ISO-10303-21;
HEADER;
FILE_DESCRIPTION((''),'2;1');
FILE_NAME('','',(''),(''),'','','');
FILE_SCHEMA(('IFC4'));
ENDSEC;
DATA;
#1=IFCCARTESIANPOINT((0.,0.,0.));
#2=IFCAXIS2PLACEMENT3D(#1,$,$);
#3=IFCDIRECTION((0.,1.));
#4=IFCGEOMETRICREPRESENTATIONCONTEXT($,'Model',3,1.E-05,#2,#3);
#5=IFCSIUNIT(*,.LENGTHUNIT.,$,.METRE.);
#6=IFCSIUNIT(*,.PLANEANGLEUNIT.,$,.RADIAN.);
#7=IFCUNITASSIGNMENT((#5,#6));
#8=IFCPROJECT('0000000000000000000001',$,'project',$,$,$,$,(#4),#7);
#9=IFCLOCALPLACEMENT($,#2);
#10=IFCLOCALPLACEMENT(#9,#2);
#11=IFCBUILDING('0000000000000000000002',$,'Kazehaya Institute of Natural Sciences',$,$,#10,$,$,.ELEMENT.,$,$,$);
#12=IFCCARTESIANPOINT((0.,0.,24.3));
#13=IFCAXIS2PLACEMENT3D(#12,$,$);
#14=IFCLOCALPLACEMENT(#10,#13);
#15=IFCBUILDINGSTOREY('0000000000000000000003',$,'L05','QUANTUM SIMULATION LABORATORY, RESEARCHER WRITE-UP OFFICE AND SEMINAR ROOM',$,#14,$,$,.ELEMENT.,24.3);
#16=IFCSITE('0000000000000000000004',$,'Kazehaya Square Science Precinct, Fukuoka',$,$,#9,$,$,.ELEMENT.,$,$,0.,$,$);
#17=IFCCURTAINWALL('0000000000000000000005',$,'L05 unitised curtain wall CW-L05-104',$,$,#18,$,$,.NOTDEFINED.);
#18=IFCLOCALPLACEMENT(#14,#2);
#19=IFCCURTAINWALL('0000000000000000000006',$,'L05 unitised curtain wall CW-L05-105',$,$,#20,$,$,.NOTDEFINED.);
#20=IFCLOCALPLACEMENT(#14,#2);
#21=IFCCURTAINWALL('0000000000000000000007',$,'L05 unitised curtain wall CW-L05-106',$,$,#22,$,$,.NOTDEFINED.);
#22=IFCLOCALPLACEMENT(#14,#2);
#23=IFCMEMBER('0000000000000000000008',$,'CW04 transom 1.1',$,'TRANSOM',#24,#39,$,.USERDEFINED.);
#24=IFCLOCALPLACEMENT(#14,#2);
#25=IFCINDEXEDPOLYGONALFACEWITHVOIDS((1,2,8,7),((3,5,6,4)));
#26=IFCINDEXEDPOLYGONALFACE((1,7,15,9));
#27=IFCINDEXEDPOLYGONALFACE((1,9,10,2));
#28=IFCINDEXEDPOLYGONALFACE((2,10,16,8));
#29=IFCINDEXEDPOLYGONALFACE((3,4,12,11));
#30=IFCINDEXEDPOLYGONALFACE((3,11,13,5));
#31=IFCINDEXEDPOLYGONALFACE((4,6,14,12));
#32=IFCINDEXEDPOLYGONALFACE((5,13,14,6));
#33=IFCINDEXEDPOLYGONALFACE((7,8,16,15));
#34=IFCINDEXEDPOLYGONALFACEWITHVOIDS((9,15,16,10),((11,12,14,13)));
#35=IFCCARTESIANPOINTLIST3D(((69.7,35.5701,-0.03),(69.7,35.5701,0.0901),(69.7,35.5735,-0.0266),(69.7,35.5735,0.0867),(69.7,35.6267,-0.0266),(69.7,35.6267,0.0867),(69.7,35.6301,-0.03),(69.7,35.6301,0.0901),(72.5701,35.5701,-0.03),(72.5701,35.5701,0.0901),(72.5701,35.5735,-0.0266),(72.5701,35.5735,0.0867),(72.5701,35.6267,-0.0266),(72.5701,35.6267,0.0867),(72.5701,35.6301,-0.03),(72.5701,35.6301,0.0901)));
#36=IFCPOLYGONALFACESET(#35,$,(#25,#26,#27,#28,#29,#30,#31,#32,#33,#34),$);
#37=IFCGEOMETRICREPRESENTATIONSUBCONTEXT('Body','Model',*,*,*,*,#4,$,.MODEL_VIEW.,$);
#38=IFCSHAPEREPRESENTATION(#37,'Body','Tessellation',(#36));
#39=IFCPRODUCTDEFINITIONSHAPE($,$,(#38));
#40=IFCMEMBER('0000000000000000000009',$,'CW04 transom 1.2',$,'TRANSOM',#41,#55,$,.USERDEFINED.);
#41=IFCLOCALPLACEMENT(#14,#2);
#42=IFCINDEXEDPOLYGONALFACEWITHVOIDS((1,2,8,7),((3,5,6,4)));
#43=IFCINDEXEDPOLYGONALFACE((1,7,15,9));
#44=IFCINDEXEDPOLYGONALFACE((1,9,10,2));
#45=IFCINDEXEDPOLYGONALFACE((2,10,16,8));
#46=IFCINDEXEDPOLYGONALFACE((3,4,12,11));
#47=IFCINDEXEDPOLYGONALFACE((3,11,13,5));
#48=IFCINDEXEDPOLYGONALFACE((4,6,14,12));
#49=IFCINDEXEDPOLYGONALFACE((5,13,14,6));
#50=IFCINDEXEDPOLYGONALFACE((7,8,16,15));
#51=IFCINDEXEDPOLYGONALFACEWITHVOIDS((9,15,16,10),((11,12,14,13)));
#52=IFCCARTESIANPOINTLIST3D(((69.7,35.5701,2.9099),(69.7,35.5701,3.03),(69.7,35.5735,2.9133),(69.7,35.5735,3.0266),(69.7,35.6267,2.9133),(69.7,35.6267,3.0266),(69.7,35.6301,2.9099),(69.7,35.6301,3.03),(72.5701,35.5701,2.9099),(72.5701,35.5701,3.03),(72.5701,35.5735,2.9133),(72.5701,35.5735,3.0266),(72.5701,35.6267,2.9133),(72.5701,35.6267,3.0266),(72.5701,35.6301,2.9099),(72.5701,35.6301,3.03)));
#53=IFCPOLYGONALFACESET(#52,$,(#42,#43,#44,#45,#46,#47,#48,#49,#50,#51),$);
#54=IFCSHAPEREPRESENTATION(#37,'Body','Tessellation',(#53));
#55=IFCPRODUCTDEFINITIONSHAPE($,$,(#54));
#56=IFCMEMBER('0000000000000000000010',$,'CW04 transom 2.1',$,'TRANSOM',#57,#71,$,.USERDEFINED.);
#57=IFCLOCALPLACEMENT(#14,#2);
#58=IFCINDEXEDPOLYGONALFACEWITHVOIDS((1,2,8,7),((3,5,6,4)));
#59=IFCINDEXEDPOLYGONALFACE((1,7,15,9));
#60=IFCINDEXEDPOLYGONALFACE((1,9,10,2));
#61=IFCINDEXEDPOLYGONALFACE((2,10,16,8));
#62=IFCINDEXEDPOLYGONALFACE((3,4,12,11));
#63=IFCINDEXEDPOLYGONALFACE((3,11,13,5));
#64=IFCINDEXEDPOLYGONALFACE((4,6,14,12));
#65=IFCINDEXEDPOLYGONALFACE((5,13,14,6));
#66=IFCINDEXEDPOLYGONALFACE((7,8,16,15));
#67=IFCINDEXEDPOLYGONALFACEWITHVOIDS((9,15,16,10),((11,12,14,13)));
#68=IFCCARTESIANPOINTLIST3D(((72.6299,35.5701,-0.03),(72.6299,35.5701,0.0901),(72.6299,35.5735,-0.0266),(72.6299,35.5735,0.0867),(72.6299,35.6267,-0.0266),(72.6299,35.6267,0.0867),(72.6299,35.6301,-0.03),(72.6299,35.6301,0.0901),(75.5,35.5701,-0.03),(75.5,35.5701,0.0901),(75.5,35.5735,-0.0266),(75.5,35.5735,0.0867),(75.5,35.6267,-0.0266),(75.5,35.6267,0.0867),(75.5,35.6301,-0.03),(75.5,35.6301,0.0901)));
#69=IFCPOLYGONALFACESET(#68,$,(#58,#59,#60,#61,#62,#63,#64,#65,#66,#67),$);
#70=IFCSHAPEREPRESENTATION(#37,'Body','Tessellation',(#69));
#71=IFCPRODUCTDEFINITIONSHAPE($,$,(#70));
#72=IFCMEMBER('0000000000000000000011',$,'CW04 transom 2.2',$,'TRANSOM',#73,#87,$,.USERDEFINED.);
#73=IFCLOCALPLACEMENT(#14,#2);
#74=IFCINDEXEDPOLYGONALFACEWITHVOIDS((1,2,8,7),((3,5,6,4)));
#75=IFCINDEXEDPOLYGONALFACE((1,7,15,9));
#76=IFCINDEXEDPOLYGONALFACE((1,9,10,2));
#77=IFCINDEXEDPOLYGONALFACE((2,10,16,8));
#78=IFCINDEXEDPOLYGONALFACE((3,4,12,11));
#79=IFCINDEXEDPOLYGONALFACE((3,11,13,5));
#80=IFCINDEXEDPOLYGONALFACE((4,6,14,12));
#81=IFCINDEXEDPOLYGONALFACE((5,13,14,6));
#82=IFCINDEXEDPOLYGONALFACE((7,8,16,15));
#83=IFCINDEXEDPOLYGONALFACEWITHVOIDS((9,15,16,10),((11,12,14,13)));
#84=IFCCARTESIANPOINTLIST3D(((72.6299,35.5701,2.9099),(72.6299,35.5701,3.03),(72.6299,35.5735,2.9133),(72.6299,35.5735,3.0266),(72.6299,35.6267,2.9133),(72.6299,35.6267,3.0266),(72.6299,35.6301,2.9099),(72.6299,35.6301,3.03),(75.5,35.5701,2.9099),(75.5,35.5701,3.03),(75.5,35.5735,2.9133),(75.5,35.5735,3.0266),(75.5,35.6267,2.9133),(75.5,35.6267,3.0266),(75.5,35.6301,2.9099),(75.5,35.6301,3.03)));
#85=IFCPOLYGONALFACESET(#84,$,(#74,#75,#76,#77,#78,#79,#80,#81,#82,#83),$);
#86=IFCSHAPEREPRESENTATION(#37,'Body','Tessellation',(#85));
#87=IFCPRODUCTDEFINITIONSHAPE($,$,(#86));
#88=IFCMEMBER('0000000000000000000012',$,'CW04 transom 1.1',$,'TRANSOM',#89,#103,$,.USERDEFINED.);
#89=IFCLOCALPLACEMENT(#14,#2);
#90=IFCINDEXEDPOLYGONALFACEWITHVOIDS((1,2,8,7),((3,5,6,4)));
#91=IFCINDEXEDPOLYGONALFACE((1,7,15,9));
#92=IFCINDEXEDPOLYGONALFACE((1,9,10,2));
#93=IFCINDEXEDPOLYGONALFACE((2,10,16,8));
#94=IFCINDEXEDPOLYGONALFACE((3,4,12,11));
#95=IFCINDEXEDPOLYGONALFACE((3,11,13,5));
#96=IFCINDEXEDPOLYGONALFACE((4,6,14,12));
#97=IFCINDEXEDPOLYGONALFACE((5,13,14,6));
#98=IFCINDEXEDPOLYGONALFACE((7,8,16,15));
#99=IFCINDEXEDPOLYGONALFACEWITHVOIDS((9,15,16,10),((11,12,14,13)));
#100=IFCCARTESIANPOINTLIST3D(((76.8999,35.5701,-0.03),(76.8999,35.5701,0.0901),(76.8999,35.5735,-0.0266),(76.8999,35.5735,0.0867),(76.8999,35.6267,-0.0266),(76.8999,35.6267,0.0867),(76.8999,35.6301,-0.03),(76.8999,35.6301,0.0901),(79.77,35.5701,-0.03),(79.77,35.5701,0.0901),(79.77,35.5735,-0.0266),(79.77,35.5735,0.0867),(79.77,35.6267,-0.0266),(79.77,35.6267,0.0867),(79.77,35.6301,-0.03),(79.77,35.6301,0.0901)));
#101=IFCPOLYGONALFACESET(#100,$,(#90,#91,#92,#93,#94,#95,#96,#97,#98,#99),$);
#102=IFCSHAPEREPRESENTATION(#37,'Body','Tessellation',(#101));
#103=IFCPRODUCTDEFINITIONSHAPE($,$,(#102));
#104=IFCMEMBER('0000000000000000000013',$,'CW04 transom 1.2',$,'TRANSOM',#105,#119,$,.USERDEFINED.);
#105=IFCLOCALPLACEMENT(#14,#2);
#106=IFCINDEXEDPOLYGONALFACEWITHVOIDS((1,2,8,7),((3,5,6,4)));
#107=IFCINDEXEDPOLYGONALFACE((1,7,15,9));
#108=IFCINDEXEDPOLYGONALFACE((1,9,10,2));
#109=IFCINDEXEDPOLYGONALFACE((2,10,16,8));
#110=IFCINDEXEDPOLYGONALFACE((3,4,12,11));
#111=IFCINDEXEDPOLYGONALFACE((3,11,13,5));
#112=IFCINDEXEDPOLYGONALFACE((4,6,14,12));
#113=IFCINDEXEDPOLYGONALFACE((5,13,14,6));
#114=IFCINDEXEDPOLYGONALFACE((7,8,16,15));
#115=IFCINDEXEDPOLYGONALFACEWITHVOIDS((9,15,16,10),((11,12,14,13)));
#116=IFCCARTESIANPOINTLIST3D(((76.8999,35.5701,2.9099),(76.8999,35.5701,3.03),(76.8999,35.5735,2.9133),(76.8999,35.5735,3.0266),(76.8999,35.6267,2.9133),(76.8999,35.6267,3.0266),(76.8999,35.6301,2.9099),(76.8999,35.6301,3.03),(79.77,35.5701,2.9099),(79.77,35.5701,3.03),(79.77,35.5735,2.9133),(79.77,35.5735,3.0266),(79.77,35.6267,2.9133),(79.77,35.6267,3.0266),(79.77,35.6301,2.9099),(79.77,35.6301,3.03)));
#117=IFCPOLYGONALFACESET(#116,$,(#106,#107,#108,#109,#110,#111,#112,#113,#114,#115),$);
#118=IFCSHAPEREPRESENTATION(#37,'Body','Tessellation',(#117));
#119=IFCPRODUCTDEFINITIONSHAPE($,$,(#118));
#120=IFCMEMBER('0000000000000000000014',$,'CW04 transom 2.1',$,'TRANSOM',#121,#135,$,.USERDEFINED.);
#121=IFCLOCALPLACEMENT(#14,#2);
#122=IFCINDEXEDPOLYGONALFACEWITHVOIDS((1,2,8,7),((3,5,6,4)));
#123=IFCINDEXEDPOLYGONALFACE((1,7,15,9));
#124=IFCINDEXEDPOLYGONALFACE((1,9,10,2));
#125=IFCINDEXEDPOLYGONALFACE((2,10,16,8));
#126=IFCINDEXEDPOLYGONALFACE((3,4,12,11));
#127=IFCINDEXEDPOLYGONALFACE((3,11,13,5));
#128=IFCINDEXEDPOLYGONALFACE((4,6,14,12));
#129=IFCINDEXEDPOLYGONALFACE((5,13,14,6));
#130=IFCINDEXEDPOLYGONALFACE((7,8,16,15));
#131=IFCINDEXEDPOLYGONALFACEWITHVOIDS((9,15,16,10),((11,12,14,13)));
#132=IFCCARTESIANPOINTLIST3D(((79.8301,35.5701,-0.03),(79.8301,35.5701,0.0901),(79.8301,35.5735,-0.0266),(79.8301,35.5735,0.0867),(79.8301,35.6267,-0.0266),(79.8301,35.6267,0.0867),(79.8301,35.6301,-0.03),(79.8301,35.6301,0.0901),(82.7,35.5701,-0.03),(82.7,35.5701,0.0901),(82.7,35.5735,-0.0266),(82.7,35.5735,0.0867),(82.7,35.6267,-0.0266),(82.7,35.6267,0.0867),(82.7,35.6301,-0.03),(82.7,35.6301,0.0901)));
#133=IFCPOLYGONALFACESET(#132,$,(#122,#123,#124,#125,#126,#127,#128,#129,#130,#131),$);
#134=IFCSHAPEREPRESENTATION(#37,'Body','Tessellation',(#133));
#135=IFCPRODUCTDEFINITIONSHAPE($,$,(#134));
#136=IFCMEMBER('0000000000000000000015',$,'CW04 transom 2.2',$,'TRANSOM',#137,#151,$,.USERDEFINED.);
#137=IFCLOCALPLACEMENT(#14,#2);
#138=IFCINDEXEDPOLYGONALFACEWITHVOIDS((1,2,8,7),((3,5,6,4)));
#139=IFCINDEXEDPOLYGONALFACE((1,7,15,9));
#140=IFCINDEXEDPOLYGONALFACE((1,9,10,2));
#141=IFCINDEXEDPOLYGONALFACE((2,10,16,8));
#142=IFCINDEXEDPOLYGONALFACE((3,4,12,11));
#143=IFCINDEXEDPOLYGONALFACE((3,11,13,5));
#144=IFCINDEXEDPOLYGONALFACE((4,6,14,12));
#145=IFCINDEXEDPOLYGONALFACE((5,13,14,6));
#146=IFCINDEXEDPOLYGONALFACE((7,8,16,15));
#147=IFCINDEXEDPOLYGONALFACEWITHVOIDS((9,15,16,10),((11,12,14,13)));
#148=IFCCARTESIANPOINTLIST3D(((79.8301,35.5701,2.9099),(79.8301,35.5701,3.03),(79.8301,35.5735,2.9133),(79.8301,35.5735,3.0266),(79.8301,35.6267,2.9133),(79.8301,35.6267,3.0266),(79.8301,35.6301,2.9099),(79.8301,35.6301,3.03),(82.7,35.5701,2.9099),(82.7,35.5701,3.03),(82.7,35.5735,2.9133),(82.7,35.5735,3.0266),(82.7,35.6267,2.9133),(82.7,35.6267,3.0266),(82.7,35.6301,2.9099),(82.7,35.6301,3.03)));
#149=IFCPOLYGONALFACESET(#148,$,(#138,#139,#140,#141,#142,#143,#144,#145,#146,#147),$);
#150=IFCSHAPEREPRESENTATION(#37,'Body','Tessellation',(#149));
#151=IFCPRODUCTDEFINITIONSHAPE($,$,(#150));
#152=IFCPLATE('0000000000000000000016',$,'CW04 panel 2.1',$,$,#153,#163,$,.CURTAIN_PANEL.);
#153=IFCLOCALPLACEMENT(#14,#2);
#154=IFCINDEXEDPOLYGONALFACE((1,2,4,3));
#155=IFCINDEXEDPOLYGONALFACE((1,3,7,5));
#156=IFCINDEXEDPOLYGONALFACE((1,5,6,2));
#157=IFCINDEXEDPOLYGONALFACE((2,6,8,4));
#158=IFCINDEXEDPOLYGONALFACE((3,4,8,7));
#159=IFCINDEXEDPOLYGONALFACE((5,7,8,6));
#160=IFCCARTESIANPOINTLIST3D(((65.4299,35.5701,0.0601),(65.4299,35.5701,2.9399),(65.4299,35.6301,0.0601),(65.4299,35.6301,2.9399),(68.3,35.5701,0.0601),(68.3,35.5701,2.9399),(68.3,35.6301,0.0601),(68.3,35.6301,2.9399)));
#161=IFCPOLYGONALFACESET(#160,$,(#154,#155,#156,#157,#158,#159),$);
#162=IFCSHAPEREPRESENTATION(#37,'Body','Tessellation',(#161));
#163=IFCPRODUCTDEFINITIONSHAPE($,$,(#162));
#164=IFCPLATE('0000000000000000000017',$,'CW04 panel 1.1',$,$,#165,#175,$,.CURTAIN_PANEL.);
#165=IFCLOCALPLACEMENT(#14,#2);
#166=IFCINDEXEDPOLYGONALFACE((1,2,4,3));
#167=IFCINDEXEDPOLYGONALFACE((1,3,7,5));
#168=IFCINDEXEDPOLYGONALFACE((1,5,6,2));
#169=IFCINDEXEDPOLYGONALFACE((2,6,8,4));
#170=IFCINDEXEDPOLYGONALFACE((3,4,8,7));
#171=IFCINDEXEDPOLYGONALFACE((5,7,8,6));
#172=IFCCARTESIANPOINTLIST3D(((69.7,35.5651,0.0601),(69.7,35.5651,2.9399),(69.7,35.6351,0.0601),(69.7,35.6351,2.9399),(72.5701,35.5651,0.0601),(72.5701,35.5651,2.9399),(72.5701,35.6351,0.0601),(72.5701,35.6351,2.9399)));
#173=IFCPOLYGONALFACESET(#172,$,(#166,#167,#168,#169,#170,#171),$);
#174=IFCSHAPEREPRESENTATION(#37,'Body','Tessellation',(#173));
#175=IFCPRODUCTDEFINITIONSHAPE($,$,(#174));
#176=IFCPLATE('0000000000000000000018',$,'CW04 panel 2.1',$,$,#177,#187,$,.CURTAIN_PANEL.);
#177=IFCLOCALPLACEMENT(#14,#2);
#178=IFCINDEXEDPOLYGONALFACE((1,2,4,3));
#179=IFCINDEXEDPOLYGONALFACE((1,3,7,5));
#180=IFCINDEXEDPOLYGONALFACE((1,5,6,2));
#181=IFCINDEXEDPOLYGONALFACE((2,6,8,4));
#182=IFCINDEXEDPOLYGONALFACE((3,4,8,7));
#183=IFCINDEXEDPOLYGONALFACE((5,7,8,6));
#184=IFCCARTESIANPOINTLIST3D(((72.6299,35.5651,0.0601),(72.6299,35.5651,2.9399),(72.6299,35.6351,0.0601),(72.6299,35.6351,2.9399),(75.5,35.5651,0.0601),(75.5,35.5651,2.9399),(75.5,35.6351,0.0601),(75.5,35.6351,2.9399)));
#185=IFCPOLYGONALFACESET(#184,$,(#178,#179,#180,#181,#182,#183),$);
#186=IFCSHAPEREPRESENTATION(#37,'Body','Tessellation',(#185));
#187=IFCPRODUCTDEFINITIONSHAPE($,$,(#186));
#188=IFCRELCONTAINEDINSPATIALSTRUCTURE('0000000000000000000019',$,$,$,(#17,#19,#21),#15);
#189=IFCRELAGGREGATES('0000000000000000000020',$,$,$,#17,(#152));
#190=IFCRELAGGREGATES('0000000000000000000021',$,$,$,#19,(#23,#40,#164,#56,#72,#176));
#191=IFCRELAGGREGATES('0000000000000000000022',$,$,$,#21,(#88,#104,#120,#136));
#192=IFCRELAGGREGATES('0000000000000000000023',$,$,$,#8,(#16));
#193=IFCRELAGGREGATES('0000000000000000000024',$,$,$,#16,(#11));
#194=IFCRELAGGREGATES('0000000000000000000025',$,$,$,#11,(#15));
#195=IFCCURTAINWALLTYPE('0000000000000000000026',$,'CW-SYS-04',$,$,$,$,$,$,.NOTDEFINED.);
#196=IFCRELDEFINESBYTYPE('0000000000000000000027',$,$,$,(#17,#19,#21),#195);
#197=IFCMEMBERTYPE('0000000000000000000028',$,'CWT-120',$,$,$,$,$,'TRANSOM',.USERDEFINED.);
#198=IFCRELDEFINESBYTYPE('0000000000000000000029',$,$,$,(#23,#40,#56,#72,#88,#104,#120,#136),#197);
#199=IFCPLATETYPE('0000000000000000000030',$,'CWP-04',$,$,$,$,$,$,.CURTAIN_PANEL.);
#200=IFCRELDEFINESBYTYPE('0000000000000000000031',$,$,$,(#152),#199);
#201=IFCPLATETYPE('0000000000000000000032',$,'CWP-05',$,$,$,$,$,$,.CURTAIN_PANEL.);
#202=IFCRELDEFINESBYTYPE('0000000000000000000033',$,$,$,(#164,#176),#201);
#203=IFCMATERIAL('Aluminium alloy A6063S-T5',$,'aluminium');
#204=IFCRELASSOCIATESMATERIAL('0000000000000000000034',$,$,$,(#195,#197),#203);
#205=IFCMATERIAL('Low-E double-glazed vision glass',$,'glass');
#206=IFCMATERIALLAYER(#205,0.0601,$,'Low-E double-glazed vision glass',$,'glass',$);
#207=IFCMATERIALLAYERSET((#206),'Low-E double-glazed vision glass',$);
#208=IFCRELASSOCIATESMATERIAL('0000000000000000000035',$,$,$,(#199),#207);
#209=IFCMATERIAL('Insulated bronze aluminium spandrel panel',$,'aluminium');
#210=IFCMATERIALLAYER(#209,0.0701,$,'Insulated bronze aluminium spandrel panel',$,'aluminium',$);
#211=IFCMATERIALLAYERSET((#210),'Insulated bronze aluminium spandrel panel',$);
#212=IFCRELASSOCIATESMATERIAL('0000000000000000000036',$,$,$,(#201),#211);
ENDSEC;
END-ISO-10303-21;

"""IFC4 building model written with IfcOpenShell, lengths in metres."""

from ifc_helpers import new_model, si_unit, direction, frame, origin, origin_2d, place, context, subcontext, project, spatial, rectangle, hollow_rectangle, extrude, material, layer, layer_set, material_profile, profile_set, type_object, element, aggregate, save


model = new_model("IFC4")

# Units and contexts
model_context = context("Model", 3, precision=1e-05, world=origin(), true_north=direction((0.0, 1.0)))
body_context = subcontext(model_context, "Body", "Model", "MODEL_VIEW")
ifc_project = project(units=[si_unit("LENGTHUNIT", "METRE"), si_unit("PLANEANGLEUNIT", "RADIAN")], contexts=[model_context])

# Site, building, storey
site_placement = place(None, origin())
site = spatial("IfcSite", under=ifc_project, at=site_placement, Name="Kazehaya Square Science Precinct, Fukuoka", CompositionType="ELEMENT", RefElevation=0.0)
building_placement = place(site_placement, origin())
building = spatial("IfcBuilding", under=site, at=building_placement, Name="Kazehaya Institute of Natural Sciences", CompositionType="ELEMENT")
storey_placement = place(building_placement, frame((0.0, 0.0, 24.3)))
storey = spatial("IfcBuildingStorey", under=building, at=storey_placement, Name="L05", Description="QUANTUM SIMULATION LABORATORY, RESEARCHER WRITE-UP OFFICE AND SEMINAR ROOM", CompositionType="ELEMENT", Elevation=24.3)

# Curtain wall
ifc_material_1 = material(Name="Aluminium alloy A6063S-T5", Category="aluminium")
curtain_wall_type = type_object("IfcCurtainWallType", Name="CW-SYS-04", PredefinedType="NOTDEFINED", material=ifc_material_1)
curtain_wall_1_placement = place(storey_placement, origin())
curtain_wall_1 = element("IfcCurtainWall", 1, at=curtain_wall_1_placement, inside=storey, type_object=curtain_wall_type, Name="L05 unitised curtain wall CW-L05-104", PredefinedType="NOTDEFINED")

# Curtain walls
curtain_wall_2_placement = place(storey_placement, origin())
curtain_wall_2 = element("IfcCurtainWall", 2, at=curtain_wall_2_placement, inside=storey, type_object=curtain_wall_type, Name="L05 unitised curtain wall CW-L05-105", PredefinedType="NOTDEFINED")
curtain_wall_3_placement = place(storey_placement, origin())
curtain_wall_3 = element("IfcCurtainWall", 3, at=curtain_wall_3_placement, inside=storey, type_object=curtain_wall_type, Name="L05 unitised curtain wall CW-L05-106", PredefinedType="NOTDEFINED")

# Members
ifc_material_profile_1 = material_profile(ifc_material_1, hollow_rectangle(XDim=0.0601, YDim=0.1201, WallThickness=0.0034, at=origin_2d()), Name="ALU-60x120x3.5")
ifc_profile_set_1 = profile_set([ifc_material_profile_1], Name="Aluminium alloy A6063S-T5")
member_type_1 = type_object("IfcMemberType", Name="CWT-120", ElementType="TRANSOM", PredefinedType="USERDEFINED", material=ifc_profile_set_1)
member_1_placement = place(storey_placement, frame((69.7, 35.6001, 0.03), z_axis=(1.0, 0.0, 0.0), x_axis=(0.0, 1.0, 0.0)))
member_1 = element("IfcMember", 4, at=member_1_placement, type_object=member_type_1, Name="CW04 transom 1.1", ObjectType="TRANSOM", PredefinedType="USERDEFINED", context=body_context, shape_type="SweptSolid", body=[
    extrude(hollow_rectangle(XDim=0.0601, YDim=0.1201, WallThickness=0.0034, at=origin_2d()), origin(), (0.0, 0.0, 1.0), 2.8701),
])
member_2_placement = place(storey_placement, frame((69.7, 35.6001, 2.97), z_axis=(1.0, 0.0, 0.0), x_axis=(0.0, 1.0, 0.0)))
member_2 = element("IfcMember", 5, at=member_2_placement, type_object=member_type_1, Name="CW04 transom 1.2", ObjectType="TRANSOM", PredefinedType="USERDEFINED", context=body_context, shape_type="SweptSolid", body=[
    extrude(hollow_rectangle(XDim=0.0601, YDim=0.1201, WallThickness=0.0034, at=origin_2d()), origin(), (0.0, 0.0, 1.0), 2.8701),
])
member_3_placement = place(storey_placement, frame((72.6299, 35.6001, 0.03), z_axis=(1.0, 0.0, 0.0), x_axis=(0.0, 1.0, 0.0)))
member_3 = element("IfcMember", 6, at=member_3_placement, type_object=member_type_1, Name="CW04 transom 2.1", ObjectType="TRANSOM", PredefinedType="USERDEFINED", context=body_context, shape_type="SweptSolid", body=[
    extrude(hollow_rectangle(XDim=0.0601, YDim=0.1201, WallThickness=0.0034, at=origin_2d()), origin(), (0.0, 0.0, 1.0), 2.8701),
])
member_4_placement = place(storey_placement, frame((72.6299, 35.6001, 2.97), z_axis=(1.0, 0.0, 0.0), x_axis=(0.0, 1.0, 0.0)))
member_4 = element("IfcMember", 7, at=member_4_placement, type_object=member_type_1, Name="CW04 transom 2.2", ObjectType="TRANSOM", PredefinedType="USERDEFINED", context=body_context, shape_type="SweptSolid", body=[
    extrude(hollow_rectangle(XDim=0.0601, YDim=0.1201, WallThickness=0.0034, at=origin_2d()), origin(), (0.0, 0.0, 1.0), 2.8701),
])
member_5_placement = place(storey_placement, frame((76.8999, 35.6001, 0.03), z_axis=(1.0, 0.0, 0.0), x_axis=(0.0, 1.0, 0.0)))
member_5 = element("IfcMember", 8, at=member_5_placement, type_object=member_type_1, Name="CW04 transom 1.1", ObjectType="TRANSOM", PredefinedType="USERDEFINED", context=body_context, shape_type="SweptSolid", body=[
    extrude(hollow_rectangle(XDim=0.0601, YDim=0.1201, WallThickness=0.0034, at=origin_2d()), origin(), (0.0, 0.0, 1.0), 2.8701),
])
member_6_placement = place(storey_placement, frame((76.8999, 35.6001, 2.97), z_axis=(1.0, 0.0, 0.0), x_axis=(0.0, 1.0, 0.0)))
member_6 = element("IfcMember", 9, at=member_6_placement, type_object=member_type_1, Name="CW04 transom 1.2", ObjectType="TRANSOM", PredefinedType="USERDEFINED", context=body_context, shape_type="SweptSolid", body=[
    extrude(hollow_rectangle(XDim=0.0601, YDim=0.1201, WallThickness=0.0034, at=origin_2d()), origin(), (0.0, 0.0, 1.0), 2.8701),
])
member_7_placement = place(storey_placement, frame((79.8301, 35.6001, 0.03), z_axis=(1.0, 0.0, 0.0), x_axis=(0.0, 1.0, 0.0)))
member_7 = element("IfcMember", 10, at=member_7_placement, type_object=member_type_1, Name="CW04 transom 2.1", ObjectType="TRANSOM", PredefinedType="USERDEFINED", context=body_context, shape_type="SweptSolid", body=[
    extrude(hollow_rectangle(XDim=0.0601, YDim=0.1201, WallThickness=0.0034, at=origin_2d()), origin(), (0.0, 0.0, 1.0), 2.8699),
])
member_8_placement = place(storey_placement, frame((79.8301, 35.6001, 2.97), z_axis=(1.0, 0.0, 0.0), x_axis=(0.0, 1.0, 0.0)))
member_8 = element("IfcMember", 11, at=member_8_placement, type_object=member_type_1, Name="CW04 transom 2.2", ObjectType="TRANSOM", PredefinedType="USERDEFINED", context=body_context, shape_type="SweptSolid", body=[
    extrude(hollow_rectangle(XDim=0.0601, YDim=0.1201, WallThickness=0.0034, at=origin_2d()), origin(), (0.0, 0.0, 1.0), 2.8699),
])

# Plates
ifc_material_2 = material(Name="Low-E double-glazed vision glass", Category="glass")
ifc_layer_1 = layer(ifc_material_2, 0.0601, Name="Low-E double-glazed vision glass", Category="glass")
ifc_layer_set_1 = layer_set([ifc_layer_1], Name="Low-E double-glazed vision glass")
plate_type_1 = type_object("IfcPlateType", Name="CWP-04", PredefinedType="CURTAIN_PANEL", material=ifc_layer_set_1)
plate_1_placement = place(storey_placement, frame((66.865, 35.6001, 0.0601), z_axis=(0.0, 0.0, 1.0), x_axis=(1.0, 0.0, 0.0)))
plate_1 = element("IfcPlate", 12, at=plate_1_placement, type_object=plate_type_1, Name="CW04 panel 2.1", PredefinedType="CURTAIN_PANEL", context=body_context, shape_type="SweptSolid", body=[
    extrude(rectangle(XDim=2.8701, YDim=0.0601, at=origin_2d()), origin(), (0.0, 0.0, 1.0), 2.8799),
])
aggregate(curtain_wall_1, [plate_1])
ifc_material_3 = material(Name="Insulated bronze aluminium spandrel panel", Category="aluminium")
ifc_layer_2 = layer(ifc_material_3, 0.0701, Name="Insulated bronze aluminium spandrel panel", Category="aluminium")
ifc_layer_set_2 = layer_set([ifc_layer_2], Name="Insulated bronze aluminium spandrel panel")
plate_type_2 = type_object("IfcPlateType", Name="CWP-05", PredefinedType="CURTAIN_PANEL", material=ifc_layer_set_2)
plate_2_placement = place(storey_placement, frame((71.135, 35.6001, 0.0601), z_axis=(0.0, 0.0, 1.0), x_axis=(1.0, 0.0, 0.0)))
plate_2 = element("IfcPlate", 13, at=plate_2_placement, type_object=plate_type_2, Name="CW04 panel 1.1", PredefinedType="CURTAIN_PANEL", context=body_context, shape_type="SweptSolid", body=[
    extrude(rectangle(XDim=2.8701, YDim=0.0701, at=origin_2d()), origin(), (0.0, 0.0, 1.0), 2.8799),
])
plate_3_placement = place(storey_placement, frame((74.0649, 35.6001, 0.0601), z_axis=(0.0, 0.0, 1.0), x_axis=(1.0, 0.0, 0.0)))
plate_3 = element("IfcPlate", 14, at=plate_3_placement, type_object=plate_type_2, Name="CW04 panel 2.1", PredefinedType="CURTAIN_PANEL", context=body_context, shape_type="SweptSolid", body=[
    extrude(rectangle(XDim=2.8701, YDim=0.0701, at=origin_2d()), origin(), (0.0, 0.0, 1.0), 2.8799),
])
aggregate(curtain_wall_2, [member_1, member_2, plate_2, member_3, member_4, plate_3])
aggregate(curtain_wall_3, [member_5, member_6, member_7, member_8])

save(model, "model.ifc")
